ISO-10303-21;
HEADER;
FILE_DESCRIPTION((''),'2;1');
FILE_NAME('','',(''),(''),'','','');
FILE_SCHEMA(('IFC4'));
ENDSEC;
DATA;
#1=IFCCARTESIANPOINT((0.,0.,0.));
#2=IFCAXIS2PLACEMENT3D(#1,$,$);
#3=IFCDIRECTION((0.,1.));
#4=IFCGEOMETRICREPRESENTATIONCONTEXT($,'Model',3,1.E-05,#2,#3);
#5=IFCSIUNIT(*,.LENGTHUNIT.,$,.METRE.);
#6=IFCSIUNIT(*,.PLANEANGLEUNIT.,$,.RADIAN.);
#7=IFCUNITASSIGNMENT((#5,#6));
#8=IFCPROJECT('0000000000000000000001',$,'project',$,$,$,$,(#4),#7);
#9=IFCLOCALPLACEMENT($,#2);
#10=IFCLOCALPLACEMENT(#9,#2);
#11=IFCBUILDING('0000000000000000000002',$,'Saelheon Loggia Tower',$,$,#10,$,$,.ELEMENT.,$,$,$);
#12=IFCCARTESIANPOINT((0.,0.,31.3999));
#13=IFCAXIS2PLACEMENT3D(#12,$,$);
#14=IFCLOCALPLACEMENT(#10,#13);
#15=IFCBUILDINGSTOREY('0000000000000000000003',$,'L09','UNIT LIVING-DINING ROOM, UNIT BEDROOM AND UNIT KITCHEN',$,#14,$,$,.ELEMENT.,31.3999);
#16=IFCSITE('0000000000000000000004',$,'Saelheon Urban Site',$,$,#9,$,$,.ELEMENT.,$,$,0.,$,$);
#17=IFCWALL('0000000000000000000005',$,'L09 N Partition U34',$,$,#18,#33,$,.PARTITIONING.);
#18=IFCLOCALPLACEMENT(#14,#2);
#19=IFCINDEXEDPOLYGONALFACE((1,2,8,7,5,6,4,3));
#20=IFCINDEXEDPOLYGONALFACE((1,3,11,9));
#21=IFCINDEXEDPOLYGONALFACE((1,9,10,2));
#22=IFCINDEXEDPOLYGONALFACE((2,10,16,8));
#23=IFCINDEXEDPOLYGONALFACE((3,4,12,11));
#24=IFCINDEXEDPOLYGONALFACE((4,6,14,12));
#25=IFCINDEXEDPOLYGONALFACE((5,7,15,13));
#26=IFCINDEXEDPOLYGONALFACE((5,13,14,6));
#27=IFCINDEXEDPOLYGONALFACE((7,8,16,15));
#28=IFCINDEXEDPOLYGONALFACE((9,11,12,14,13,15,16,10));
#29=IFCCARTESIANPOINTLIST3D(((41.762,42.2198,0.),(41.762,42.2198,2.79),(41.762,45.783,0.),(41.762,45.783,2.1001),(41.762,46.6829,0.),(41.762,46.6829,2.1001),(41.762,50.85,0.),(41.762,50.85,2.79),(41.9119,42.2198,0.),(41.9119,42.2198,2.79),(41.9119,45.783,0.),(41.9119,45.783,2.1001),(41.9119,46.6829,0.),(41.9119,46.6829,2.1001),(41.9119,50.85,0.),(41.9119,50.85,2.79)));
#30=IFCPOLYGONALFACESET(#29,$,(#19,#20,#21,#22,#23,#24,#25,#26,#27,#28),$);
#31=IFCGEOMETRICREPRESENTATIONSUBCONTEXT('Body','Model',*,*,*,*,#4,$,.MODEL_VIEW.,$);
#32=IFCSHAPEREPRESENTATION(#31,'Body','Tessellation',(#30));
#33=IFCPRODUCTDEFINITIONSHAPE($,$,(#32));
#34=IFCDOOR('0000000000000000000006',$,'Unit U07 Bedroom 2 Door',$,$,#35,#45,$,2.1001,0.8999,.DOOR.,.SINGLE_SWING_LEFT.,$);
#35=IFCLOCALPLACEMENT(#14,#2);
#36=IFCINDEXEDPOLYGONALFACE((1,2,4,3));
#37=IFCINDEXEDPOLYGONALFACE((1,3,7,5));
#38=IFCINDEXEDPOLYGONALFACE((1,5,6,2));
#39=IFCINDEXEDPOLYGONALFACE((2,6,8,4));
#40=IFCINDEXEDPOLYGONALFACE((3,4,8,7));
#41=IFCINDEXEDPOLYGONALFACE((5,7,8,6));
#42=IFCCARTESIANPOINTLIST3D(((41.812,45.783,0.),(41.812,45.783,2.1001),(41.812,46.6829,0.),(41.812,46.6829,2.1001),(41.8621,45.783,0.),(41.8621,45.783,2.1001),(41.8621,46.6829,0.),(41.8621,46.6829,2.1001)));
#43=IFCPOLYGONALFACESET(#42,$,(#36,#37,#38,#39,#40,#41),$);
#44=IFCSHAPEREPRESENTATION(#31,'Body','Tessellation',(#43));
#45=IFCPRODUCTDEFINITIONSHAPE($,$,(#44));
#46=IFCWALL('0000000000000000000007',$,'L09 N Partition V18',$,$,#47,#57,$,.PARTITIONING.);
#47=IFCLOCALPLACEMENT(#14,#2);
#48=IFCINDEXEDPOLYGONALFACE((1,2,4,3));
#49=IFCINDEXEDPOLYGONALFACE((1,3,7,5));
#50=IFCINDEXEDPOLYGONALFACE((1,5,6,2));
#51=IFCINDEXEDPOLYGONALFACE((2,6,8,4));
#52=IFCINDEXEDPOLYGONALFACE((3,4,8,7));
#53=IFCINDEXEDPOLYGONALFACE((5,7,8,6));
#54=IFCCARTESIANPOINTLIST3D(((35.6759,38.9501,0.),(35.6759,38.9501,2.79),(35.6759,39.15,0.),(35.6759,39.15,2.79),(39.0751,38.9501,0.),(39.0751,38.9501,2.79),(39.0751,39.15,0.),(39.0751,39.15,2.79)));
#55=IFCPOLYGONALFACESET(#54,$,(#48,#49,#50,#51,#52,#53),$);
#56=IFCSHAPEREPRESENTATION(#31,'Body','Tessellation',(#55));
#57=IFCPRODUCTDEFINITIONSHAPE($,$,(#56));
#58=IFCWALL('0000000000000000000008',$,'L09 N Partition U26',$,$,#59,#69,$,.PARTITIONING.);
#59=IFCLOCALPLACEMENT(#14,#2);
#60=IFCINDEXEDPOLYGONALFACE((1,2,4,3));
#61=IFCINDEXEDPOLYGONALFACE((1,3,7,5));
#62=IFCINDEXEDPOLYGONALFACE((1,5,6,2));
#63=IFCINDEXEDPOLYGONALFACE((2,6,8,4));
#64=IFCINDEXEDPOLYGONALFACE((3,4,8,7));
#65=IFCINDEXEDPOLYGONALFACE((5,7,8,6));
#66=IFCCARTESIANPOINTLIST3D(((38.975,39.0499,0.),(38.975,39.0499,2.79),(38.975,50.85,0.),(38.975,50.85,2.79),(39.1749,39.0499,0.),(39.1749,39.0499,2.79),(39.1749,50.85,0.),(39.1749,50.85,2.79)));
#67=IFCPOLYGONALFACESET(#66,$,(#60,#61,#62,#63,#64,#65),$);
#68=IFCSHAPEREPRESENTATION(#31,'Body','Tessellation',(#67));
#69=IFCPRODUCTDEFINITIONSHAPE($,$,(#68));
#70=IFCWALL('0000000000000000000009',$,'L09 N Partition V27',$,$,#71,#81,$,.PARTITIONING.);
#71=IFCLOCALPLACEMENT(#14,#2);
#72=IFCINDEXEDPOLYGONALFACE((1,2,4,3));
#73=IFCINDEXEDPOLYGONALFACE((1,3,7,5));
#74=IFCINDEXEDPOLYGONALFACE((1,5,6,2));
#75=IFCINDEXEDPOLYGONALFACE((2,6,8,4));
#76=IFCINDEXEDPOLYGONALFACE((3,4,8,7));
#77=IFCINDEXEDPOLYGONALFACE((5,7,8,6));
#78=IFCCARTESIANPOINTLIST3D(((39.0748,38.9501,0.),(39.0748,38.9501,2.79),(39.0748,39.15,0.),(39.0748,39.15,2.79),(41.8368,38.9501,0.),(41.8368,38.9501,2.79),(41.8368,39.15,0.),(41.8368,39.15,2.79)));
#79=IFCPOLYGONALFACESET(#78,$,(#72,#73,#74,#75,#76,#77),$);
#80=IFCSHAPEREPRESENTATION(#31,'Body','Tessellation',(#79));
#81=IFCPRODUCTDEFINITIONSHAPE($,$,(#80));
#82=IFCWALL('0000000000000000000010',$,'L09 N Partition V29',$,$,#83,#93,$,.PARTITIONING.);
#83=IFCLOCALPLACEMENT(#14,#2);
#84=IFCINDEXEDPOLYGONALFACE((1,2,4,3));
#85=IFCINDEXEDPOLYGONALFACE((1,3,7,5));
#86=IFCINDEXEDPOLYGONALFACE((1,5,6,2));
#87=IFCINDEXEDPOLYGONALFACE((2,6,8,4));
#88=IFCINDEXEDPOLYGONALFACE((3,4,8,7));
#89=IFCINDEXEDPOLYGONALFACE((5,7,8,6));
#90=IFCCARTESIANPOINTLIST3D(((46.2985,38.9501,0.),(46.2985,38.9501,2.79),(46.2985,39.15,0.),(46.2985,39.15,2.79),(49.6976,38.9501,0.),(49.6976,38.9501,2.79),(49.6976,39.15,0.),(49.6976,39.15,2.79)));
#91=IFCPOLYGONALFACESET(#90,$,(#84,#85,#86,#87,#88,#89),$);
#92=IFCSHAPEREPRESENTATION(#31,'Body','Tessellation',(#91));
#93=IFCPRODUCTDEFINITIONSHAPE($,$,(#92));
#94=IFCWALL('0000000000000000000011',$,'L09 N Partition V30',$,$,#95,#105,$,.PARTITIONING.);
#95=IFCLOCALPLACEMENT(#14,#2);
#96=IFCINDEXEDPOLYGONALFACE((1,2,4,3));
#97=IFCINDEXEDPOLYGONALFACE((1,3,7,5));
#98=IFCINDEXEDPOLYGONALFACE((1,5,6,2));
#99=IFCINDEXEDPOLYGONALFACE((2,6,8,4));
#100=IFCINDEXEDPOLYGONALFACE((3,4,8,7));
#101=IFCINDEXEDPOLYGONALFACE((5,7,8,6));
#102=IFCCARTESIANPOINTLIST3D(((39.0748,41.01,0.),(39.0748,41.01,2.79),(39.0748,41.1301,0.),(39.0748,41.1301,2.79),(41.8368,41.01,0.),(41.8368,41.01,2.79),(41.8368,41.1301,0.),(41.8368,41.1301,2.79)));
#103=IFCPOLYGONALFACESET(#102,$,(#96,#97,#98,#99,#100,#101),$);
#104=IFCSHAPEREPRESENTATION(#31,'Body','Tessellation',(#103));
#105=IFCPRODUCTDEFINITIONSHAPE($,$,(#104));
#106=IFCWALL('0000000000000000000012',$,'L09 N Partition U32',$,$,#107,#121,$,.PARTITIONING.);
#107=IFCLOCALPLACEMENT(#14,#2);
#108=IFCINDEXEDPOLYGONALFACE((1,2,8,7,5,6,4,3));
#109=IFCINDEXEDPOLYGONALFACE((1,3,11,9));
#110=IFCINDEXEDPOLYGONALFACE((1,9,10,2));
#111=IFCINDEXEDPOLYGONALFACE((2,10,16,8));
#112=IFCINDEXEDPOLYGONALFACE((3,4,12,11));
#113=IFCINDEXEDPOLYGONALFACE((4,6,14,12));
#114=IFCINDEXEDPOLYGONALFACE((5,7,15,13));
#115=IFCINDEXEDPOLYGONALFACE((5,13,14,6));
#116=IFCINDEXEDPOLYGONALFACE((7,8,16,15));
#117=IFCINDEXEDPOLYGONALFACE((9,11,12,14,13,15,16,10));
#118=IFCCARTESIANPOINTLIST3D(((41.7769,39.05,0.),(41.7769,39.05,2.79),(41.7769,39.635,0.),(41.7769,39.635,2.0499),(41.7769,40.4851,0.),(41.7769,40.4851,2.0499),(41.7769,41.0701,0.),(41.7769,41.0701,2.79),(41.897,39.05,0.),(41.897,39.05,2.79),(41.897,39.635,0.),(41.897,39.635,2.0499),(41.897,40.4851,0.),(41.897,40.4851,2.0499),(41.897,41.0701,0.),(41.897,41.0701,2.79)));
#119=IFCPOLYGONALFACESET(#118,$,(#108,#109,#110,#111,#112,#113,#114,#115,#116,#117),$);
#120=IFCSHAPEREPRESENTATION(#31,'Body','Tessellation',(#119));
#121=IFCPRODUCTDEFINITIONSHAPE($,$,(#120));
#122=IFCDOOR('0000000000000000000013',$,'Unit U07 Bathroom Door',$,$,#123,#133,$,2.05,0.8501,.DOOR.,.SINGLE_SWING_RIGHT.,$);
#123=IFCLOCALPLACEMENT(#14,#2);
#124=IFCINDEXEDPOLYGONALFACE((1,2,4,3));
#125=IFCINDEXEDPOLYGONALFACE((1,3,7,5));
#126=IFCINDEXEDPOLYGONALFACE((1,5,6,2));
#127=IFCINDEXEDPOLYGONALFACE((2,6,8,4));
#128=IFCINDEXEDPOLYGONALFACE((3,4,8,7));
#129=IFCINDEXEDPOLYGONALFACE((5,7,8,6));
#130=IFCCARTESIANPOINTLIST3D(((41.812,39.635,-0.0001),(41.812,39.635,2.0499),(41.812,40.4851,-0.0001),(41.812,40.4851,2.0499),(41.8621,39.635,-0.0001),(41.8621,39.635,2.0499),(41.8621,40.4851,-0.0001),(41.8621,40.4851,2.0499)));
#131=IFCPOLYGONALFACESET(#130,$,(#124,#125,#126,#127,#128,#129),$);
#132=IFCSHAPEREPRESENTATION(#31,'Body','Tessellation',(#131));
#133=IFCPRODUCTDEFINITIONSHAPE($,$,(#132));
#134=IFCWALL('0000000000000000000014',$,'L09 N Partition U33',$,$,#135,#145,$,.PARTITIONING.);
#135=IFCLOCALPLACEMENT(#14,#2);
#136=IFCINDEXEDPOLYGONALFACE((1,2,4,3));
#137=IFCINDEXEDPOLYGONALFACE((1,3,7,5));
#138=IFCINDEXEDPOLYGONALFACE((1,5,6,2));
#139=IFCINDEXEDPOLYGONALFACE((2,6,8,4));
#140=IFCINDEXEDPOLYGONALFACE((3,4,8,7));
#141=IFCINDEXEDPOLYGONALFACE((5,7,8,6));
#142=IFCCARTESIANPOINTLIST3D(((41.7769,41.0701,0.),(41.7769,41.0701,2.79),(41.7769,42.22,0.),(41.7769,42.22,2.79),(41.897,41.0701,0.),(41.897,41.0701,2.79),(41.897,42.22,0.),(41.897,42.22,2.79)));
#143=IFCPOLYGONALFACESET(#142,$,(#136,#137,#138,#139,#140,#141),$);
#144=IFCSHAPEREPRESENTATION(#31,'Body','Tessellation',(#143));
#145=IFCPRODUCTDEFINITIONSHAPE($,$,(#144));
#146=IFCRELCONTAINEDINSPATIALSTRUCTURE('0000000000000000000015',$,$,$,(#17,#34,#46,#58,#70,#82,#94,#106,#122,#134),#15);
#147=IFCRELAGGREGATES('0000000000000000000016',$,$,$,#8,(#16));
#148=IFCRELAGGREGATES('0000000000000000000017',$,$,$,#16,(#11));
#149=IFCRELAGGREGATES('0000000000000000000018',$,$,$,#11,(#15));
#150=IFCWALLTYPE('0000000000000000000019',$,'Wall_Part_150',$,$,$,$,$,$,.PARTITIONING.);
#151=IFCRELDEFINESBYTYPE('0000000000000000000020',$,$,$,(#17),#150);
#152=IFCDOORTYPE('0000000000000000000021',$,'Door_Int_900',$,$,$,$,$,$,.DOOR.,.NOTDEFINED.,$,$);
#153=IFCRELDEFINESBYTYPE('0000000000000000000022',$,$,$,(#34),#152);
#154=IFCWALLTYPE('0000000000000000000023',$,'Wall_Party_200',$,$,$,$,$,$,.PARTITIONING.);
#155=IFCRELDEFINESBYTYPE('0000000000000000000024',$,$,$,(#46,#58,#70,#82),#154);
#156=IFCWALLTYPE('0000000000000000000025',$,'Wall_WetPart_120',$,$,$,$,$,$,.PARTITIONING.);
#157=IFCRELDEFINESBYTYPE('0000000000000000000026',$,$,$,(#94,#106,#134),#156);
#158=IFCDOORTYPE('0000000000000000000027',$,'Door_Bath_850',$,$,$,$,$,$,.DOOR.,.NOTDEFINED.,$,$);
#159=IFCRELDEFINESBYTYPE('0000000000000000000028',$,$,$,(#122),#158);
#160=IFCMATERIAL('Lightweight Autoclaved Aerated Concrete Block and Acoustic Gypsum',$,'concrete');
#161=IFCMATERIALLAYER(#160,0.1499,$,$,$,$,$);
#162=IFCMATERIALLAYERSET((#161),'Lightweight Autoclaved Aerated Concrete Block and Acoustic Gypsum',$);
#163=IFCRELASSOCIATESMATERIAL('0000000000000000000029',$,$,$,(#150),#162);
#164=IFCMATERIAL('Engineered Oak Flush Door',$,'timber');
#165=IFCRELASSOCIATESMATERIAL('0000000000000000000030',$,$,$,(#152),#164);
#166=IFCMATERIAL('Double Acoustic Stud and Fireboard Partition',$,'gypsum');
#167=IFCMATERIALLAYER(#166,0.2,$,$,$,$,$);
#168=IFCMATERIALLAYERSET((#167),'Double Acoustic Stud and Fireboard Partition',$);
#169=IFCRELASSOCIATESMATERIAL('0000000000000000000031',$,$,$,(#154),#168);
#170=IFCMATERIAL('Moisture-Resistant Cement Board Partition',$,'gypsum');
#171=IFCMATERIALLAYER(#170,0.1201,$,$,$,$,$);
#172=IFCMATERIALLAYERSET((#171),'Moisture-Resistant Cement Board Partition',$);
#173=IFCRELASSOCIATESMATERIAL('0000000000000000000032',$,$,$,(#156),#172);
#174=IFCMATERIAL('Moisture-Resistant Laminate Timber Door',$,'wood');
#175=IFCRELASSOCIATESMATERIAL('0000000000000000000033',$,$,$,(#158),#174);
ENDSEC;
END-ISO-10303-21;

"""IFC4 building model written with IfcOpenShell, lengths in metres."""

from ifc_helpers import new_model, si_unit, direction, frame, frame_2d, origin, place, context, subcontext, project, spatial, rectangle, extrude, source, transform, mapped, material, layer, layer_set, type_object, element, fill, save


model = new_model("IFC4")

# Units and contexts
model_context = context("Model", 3, precision=1e-05, world=origin(), true_north=direction((0.0, 1.0)))
body_context = subcontext(model_context, "Body", "Model", "MODEL_VIEW")
ifc_project = project(units=[si_unit("LENGTHUNIT", "METRE"), si_unit("PLANEANGLEUNIT", "RADIAN")], contexts=[model_context])

# Site, building, storey
site_placement = place(None, origin())
site = spatial("IfcSite", under=ifc_project, at=site_placement, Name="Saelheon Urban Site", CompositionType="ELEMENT", RefElevation=0.0)
building_placement = place(site_placement, origin())
building = spatial("IfcBuilding", under=site, at=building_placement, Name="Saelheon Loggia Tower", CompositionType="ELEMENT")
storey_placement = place(building_placement, frame((0.0, 0.0, 31.3999)))
storey = spatial("IfcBuildingStorey", under=building, at=storey_placement, Name="L09", Description="UNIT LIVING-DINING ROOM, UNIT BEDROOM AND UNIT KITCHEN", CompositionType="ELEMENT", Elevation=31.3999)

# Shared definitions
ifc_material_1 = material(Name="Lightweight Autoclaved Aerated Concrete Block and Acoustic Gypsum", Category="concrete")
ifc_layer_1 = layer(ifc_material_1, 0.1499)
ifc_layer_set_1 = layer_set([ifc_layer_1], Name="Lightweight Autoclaved Aerated Concrete Block and Acoustic Gypsum")
wall_type_1 = type_object("IfcWallType", Name="Wall_Part_150", PredefinedType="PARTITIONING", material=ifc_layer_set_1)

# Wall, opening, door
ifc_material_2 = material(Name="Engineered Oak Flush Door", Category="timber")
door_type_1 = type_object("IfcDoorType", Name="Door_Int_900", OperationType="NOTDEFINED", PredefinedType="DOOR", material=ifc_material_2)
shared_shape_1 = source(origin(), body_context, "Body", "SweptSolid", [
    extrude(rectangle(XDim=0.8999, YDim=2.1001, at=frame_2d((0.45, 1.05))), frame((0.0, 0.0249, 0.0), z_axis=(0.0, -1.0, 0.0), x_axis=(1.0, 0.0, 0.0)), (0.0, 0.0, 1.0), 0.05),
])
wall_1_placement = place(storey_placement, frame((41.8369, 42.22, 0.0), z_axis=(0.0, 0.0, 1.0), x_axis=(0.0, 1.0, 0.0)))
wall_1 = element("IfcWall", 1, at=wall_1_placement, inside=storey, type_object=wall_type_1, Name="L09 N Partition U34", PredefinedType="PARTITIONING", context=body_context, shape_type="SweptSolid", body=[
    extrude(rectangle(XDim=8.6301, YDim=0.1499, at=frame_2d((4.3149, 0.0))), origin(), (0.0, 0.0, 1.0), 2.79),
])
opening_1_placement = place(wall_1_placement, frame((3.563, 0.0, 0.0)))
opening_1 = element("IfcOpeningElement", 2, at=opening_1_placement, cuts=wall_1, PredefinedType="OPENING", context=body_context, shape_type="SweptSolid", body=[
    extrude(rectangle(XDim=0.8999, YDim=2.1001, at=frame_2d((0.45, 1.05))), frame((0.0, 0.0869, 0.0), z_axis=(0.0, -1.0, 0.0), x_axis=(1.0, 0.0, 0.0)), (0.0, 0.0, 1.0), 0.1738),
])
door_1_placement = place(opening_1_placement, origin())
door_1 = element("IfcDoor", 3, at=door_1_placement, inside=storey, type_object=door_type_1, Name="Unit U07 Bedroom 2 Door", OperationType="SINGLE_SWING_LEFT", OverallHeight=2.1001, OverallWidth=0.8999, PredefinedType="DOOR", context=body_context, shape_type="MappedRepresentation", body=[
    mapped(shared_shape_1, transform((0.0, 0.0, 0.0), scale=1.0)),
])
fill(opening_1, door_1)

# Walls
ifc_material_3 = material(Name="Double Acoustic Stud and Fireboard Partition", Category="gypsum")
ifc_layer_2 = layer(ifc_material_3, 0.2)
ifc_layer_set_2 = layer_set([ifc_layer_2], Name="Double Acoustic Stud and Fireboard Partition")
wall_type_2 = type_object("IfcWallType", Name="Wall_Party_200", PredefinedType="PARTITIONING", material=ifc_layer_set_2)
wall_2_placement = place(storey_placement, frame((35.6758, 39.05, 0.0), z_axis=(0.0, 0.0, 1.0), x_axis=(1.0, 0.0, 0.0)))
element("IfcWall", 4, at=wall_2_placement, inside=storey, type_object=wall_type_2, Name="L09 N Partition V18", PredefinedType="PARTITIONING", context=body_context, shape_type="SweptSolid", body=[
    extrude(rectangle(XDim=3.3992, YDim=0.2, at=frame_2d((1.6997, 0.0))), origin(), (0.0, 0.0, 1.0), 2.79),
])
wall_3_placement = place(storey_placement, frame((39.075, 39.05, 0.0), z_axis=(0.0, 0.0, 1.0), x_axis=(0.0, 1.0, 0.0)))
element("IfcWall", 5, at=wall_3_placement, inside=storey, type_object=wall_type_2, Name="L09 N Partition U26", PredefinedType="PARTITIONING", context=body_context, shape_type="SweptSolid", body=[
    extrude(rectangle(XDim=11.8, YDim=0.2, at=frame_2d((5.8999, 0.0))), origin(), (0.0, 0.0, 1.0), 2.79),
])
wall_4_placement = place(storey_placement, frame((39.075, 39.05, 0.0), z_axis=(0.0, 0.0, 1.0), x_axis=(1.0, 0.0, 0.0)))
element("IfcWall", 6, at=wall_4_placement, inside=storey, type_object=wall_type_2, Name="L09 N Partition V27", PredefinedType="PARTITIONING", context=body_context, shape_type="SweptSolid", body=[
    extrude(rectangle(XDim=2.762, YDim=0.2, at=frame_2d((1.3809, 0.0))), origin(), (0.0, 0.0, 1.0), 2.79),
])

# Walls
wall_5_placement = place(storey_placement, frame((46.2983, 39.05, 0.0), z_axis=(0.0, 0.0, 1.0), x_axis=(1.0, 0.0, 0.0)))
element("IfcWall", 7, at=wall_5_placement, inside=storey, type_object=wall_type_2, Name="L09 N Partition V29", PredefinedType="PARTITIONING", context=body_context, shape_type="SweptSolid", body=[
    extrude(rectangle(XDim=3.3992, YDim=0.2, at=frame_2d((1.6997, 0.0))), origin(), (0.0, 0.0, 1.0), 2.79),
])
ifc_material_4 = material(Name="Moisture-Resistant Cement Board Partition", Category="gypsum")
ifc_layer_3 = layer(ifc_material_4, 0.1201)
ifc_layer_set_3 = layer_set([ifc_layer_3], Name="Moisture-Resistant Cement Board Partition")
wall_type_3 = type_object("IfcWallType", Name="Wall_WetPart_120", PredefinedType="PARTITIONING", material=ifc_layer_set_3)
wall_6_placement = place(storey_placement, frame((39.075, 41.0701, 0.0), z_axis=(0.0, 0.0, 1.0), x_axis=(1.0, 0.0, 0.0)))
element("IfcWall", 8, at=wall_6_placement, inside=storey, type_object=wall_type_3, Name="L09 N Partition V30", PredefinedType="PARTITIONING", context=body_context, shape_type="SweptSolid", body=[
    extrude(rectangle(XDim=2.762, YDim=0.1201, at=frame_2d((1.3809, 0.0))), origin(), (0.0, 0.0, 1.0), 2.79),
])

# Wall, opening, door
wall_7_placement = place(storey_placement, frame((41.8369, 39.05, 0.0), z_axis=(0.0, 0.0, 1.0), x_axis=(0.0, 1.0, 0.0)))
wall_7 = element("IfcWall", 9, at=wall_7_placement, inside=storey, type_object=wall_type_3, Name="L09 N Partition U32", PredefinedType="PARTITIONING", context=body_context, shape_type="SweptSolid", body=[
    extrude(rectangle(XDim=2.02, YDim=0.1201, at=frame_2d((1.01, 0.0))), origin(), (0.0, 0.0, 1.0), 2.79),
])
opening_2_placement = place(wall_7_placement, frame((0.585, 0.0, 0.0)))
opening_2 = element("IfcOpeningElement", 10, at=opening_2_placement, cuts=wall_7, PredefinedType="OPENING", context=body_context, shape_type="SweptSolid", body=[
    extrude(rectangle(XDim=0.8501, YDim=2.05, at=frame_2d((0.425, 1.0249))), frame((0.0, 0.072, 0.0), z_axis=(0.0, -1.0, 0.0), x_axis=(1.0, 0.0, 0.0)), (0.0, 0.0, 1.0), 0.144),
])
ifc_material_5 = material(Name="Moisture-Resistant Laminate Timber Door", Category="wood")
door_type_2 = type_object("IfcDoorType", Name="Door_Bath_850", OperationType="NOTDEFINED", PredefinedType="DOOR", material=ifc_material_5)
shared_shape_2 = source(origin(), body_context, "Body", "SweptSolid", [
    extrude(rectangle(XDim=0.8501, YDim=2.05, at=frame_2d((0.425, 1.0249))), frame((0.0, 0.0249, 0.0), z_axis=(0.0, -1.0, 0.0), x_axis=(1.0, 0.0, 0.0)), (0.0, 0.0, 1.0), 0.05),
])
door_2_placement = place(opening_2_placement, origin())
door_2 = element("IfcDoor", 11, at=door_2_placement, inside=storey, type_object=door_type_2, Name="Unit U07 Bathroom Door", OperationType="SINGLE_SWING_RIGHT", OverallHeight=2.05, OverallWidth=0.8501, PredefinedType="DOOR", context=body_context, shape_type="MappedRepresentation", body=[
    mapped(shared_shape_2, transform((0.0, 0.0, 0.0), scale=1.0)),
])
fill(opening_2, door_2)

# Wall
wall_8_placement = place(storey_placement, frame((41.8369, 41.0701, 0.0), z_axis=(0.0, 0.0, 1.0), x_axis=(0.0, 1.0, 0.0)))
element("IfcWall", 12, at=wall_8_placement, inside=storey, type_object=wall_type_3, Name="L09 N Partition U33", PredefinedType="PARTITIONING", context=body_context, shape_type="SweptSolid", body=[
    extrude(rectangle(XDim=1.1499, YDim=0.1201, at=frame_2d((0.575, 0.0))), origin(), (0.0, 0.0, 1.0), 2.79),
])

save(model, "model.ifc")
